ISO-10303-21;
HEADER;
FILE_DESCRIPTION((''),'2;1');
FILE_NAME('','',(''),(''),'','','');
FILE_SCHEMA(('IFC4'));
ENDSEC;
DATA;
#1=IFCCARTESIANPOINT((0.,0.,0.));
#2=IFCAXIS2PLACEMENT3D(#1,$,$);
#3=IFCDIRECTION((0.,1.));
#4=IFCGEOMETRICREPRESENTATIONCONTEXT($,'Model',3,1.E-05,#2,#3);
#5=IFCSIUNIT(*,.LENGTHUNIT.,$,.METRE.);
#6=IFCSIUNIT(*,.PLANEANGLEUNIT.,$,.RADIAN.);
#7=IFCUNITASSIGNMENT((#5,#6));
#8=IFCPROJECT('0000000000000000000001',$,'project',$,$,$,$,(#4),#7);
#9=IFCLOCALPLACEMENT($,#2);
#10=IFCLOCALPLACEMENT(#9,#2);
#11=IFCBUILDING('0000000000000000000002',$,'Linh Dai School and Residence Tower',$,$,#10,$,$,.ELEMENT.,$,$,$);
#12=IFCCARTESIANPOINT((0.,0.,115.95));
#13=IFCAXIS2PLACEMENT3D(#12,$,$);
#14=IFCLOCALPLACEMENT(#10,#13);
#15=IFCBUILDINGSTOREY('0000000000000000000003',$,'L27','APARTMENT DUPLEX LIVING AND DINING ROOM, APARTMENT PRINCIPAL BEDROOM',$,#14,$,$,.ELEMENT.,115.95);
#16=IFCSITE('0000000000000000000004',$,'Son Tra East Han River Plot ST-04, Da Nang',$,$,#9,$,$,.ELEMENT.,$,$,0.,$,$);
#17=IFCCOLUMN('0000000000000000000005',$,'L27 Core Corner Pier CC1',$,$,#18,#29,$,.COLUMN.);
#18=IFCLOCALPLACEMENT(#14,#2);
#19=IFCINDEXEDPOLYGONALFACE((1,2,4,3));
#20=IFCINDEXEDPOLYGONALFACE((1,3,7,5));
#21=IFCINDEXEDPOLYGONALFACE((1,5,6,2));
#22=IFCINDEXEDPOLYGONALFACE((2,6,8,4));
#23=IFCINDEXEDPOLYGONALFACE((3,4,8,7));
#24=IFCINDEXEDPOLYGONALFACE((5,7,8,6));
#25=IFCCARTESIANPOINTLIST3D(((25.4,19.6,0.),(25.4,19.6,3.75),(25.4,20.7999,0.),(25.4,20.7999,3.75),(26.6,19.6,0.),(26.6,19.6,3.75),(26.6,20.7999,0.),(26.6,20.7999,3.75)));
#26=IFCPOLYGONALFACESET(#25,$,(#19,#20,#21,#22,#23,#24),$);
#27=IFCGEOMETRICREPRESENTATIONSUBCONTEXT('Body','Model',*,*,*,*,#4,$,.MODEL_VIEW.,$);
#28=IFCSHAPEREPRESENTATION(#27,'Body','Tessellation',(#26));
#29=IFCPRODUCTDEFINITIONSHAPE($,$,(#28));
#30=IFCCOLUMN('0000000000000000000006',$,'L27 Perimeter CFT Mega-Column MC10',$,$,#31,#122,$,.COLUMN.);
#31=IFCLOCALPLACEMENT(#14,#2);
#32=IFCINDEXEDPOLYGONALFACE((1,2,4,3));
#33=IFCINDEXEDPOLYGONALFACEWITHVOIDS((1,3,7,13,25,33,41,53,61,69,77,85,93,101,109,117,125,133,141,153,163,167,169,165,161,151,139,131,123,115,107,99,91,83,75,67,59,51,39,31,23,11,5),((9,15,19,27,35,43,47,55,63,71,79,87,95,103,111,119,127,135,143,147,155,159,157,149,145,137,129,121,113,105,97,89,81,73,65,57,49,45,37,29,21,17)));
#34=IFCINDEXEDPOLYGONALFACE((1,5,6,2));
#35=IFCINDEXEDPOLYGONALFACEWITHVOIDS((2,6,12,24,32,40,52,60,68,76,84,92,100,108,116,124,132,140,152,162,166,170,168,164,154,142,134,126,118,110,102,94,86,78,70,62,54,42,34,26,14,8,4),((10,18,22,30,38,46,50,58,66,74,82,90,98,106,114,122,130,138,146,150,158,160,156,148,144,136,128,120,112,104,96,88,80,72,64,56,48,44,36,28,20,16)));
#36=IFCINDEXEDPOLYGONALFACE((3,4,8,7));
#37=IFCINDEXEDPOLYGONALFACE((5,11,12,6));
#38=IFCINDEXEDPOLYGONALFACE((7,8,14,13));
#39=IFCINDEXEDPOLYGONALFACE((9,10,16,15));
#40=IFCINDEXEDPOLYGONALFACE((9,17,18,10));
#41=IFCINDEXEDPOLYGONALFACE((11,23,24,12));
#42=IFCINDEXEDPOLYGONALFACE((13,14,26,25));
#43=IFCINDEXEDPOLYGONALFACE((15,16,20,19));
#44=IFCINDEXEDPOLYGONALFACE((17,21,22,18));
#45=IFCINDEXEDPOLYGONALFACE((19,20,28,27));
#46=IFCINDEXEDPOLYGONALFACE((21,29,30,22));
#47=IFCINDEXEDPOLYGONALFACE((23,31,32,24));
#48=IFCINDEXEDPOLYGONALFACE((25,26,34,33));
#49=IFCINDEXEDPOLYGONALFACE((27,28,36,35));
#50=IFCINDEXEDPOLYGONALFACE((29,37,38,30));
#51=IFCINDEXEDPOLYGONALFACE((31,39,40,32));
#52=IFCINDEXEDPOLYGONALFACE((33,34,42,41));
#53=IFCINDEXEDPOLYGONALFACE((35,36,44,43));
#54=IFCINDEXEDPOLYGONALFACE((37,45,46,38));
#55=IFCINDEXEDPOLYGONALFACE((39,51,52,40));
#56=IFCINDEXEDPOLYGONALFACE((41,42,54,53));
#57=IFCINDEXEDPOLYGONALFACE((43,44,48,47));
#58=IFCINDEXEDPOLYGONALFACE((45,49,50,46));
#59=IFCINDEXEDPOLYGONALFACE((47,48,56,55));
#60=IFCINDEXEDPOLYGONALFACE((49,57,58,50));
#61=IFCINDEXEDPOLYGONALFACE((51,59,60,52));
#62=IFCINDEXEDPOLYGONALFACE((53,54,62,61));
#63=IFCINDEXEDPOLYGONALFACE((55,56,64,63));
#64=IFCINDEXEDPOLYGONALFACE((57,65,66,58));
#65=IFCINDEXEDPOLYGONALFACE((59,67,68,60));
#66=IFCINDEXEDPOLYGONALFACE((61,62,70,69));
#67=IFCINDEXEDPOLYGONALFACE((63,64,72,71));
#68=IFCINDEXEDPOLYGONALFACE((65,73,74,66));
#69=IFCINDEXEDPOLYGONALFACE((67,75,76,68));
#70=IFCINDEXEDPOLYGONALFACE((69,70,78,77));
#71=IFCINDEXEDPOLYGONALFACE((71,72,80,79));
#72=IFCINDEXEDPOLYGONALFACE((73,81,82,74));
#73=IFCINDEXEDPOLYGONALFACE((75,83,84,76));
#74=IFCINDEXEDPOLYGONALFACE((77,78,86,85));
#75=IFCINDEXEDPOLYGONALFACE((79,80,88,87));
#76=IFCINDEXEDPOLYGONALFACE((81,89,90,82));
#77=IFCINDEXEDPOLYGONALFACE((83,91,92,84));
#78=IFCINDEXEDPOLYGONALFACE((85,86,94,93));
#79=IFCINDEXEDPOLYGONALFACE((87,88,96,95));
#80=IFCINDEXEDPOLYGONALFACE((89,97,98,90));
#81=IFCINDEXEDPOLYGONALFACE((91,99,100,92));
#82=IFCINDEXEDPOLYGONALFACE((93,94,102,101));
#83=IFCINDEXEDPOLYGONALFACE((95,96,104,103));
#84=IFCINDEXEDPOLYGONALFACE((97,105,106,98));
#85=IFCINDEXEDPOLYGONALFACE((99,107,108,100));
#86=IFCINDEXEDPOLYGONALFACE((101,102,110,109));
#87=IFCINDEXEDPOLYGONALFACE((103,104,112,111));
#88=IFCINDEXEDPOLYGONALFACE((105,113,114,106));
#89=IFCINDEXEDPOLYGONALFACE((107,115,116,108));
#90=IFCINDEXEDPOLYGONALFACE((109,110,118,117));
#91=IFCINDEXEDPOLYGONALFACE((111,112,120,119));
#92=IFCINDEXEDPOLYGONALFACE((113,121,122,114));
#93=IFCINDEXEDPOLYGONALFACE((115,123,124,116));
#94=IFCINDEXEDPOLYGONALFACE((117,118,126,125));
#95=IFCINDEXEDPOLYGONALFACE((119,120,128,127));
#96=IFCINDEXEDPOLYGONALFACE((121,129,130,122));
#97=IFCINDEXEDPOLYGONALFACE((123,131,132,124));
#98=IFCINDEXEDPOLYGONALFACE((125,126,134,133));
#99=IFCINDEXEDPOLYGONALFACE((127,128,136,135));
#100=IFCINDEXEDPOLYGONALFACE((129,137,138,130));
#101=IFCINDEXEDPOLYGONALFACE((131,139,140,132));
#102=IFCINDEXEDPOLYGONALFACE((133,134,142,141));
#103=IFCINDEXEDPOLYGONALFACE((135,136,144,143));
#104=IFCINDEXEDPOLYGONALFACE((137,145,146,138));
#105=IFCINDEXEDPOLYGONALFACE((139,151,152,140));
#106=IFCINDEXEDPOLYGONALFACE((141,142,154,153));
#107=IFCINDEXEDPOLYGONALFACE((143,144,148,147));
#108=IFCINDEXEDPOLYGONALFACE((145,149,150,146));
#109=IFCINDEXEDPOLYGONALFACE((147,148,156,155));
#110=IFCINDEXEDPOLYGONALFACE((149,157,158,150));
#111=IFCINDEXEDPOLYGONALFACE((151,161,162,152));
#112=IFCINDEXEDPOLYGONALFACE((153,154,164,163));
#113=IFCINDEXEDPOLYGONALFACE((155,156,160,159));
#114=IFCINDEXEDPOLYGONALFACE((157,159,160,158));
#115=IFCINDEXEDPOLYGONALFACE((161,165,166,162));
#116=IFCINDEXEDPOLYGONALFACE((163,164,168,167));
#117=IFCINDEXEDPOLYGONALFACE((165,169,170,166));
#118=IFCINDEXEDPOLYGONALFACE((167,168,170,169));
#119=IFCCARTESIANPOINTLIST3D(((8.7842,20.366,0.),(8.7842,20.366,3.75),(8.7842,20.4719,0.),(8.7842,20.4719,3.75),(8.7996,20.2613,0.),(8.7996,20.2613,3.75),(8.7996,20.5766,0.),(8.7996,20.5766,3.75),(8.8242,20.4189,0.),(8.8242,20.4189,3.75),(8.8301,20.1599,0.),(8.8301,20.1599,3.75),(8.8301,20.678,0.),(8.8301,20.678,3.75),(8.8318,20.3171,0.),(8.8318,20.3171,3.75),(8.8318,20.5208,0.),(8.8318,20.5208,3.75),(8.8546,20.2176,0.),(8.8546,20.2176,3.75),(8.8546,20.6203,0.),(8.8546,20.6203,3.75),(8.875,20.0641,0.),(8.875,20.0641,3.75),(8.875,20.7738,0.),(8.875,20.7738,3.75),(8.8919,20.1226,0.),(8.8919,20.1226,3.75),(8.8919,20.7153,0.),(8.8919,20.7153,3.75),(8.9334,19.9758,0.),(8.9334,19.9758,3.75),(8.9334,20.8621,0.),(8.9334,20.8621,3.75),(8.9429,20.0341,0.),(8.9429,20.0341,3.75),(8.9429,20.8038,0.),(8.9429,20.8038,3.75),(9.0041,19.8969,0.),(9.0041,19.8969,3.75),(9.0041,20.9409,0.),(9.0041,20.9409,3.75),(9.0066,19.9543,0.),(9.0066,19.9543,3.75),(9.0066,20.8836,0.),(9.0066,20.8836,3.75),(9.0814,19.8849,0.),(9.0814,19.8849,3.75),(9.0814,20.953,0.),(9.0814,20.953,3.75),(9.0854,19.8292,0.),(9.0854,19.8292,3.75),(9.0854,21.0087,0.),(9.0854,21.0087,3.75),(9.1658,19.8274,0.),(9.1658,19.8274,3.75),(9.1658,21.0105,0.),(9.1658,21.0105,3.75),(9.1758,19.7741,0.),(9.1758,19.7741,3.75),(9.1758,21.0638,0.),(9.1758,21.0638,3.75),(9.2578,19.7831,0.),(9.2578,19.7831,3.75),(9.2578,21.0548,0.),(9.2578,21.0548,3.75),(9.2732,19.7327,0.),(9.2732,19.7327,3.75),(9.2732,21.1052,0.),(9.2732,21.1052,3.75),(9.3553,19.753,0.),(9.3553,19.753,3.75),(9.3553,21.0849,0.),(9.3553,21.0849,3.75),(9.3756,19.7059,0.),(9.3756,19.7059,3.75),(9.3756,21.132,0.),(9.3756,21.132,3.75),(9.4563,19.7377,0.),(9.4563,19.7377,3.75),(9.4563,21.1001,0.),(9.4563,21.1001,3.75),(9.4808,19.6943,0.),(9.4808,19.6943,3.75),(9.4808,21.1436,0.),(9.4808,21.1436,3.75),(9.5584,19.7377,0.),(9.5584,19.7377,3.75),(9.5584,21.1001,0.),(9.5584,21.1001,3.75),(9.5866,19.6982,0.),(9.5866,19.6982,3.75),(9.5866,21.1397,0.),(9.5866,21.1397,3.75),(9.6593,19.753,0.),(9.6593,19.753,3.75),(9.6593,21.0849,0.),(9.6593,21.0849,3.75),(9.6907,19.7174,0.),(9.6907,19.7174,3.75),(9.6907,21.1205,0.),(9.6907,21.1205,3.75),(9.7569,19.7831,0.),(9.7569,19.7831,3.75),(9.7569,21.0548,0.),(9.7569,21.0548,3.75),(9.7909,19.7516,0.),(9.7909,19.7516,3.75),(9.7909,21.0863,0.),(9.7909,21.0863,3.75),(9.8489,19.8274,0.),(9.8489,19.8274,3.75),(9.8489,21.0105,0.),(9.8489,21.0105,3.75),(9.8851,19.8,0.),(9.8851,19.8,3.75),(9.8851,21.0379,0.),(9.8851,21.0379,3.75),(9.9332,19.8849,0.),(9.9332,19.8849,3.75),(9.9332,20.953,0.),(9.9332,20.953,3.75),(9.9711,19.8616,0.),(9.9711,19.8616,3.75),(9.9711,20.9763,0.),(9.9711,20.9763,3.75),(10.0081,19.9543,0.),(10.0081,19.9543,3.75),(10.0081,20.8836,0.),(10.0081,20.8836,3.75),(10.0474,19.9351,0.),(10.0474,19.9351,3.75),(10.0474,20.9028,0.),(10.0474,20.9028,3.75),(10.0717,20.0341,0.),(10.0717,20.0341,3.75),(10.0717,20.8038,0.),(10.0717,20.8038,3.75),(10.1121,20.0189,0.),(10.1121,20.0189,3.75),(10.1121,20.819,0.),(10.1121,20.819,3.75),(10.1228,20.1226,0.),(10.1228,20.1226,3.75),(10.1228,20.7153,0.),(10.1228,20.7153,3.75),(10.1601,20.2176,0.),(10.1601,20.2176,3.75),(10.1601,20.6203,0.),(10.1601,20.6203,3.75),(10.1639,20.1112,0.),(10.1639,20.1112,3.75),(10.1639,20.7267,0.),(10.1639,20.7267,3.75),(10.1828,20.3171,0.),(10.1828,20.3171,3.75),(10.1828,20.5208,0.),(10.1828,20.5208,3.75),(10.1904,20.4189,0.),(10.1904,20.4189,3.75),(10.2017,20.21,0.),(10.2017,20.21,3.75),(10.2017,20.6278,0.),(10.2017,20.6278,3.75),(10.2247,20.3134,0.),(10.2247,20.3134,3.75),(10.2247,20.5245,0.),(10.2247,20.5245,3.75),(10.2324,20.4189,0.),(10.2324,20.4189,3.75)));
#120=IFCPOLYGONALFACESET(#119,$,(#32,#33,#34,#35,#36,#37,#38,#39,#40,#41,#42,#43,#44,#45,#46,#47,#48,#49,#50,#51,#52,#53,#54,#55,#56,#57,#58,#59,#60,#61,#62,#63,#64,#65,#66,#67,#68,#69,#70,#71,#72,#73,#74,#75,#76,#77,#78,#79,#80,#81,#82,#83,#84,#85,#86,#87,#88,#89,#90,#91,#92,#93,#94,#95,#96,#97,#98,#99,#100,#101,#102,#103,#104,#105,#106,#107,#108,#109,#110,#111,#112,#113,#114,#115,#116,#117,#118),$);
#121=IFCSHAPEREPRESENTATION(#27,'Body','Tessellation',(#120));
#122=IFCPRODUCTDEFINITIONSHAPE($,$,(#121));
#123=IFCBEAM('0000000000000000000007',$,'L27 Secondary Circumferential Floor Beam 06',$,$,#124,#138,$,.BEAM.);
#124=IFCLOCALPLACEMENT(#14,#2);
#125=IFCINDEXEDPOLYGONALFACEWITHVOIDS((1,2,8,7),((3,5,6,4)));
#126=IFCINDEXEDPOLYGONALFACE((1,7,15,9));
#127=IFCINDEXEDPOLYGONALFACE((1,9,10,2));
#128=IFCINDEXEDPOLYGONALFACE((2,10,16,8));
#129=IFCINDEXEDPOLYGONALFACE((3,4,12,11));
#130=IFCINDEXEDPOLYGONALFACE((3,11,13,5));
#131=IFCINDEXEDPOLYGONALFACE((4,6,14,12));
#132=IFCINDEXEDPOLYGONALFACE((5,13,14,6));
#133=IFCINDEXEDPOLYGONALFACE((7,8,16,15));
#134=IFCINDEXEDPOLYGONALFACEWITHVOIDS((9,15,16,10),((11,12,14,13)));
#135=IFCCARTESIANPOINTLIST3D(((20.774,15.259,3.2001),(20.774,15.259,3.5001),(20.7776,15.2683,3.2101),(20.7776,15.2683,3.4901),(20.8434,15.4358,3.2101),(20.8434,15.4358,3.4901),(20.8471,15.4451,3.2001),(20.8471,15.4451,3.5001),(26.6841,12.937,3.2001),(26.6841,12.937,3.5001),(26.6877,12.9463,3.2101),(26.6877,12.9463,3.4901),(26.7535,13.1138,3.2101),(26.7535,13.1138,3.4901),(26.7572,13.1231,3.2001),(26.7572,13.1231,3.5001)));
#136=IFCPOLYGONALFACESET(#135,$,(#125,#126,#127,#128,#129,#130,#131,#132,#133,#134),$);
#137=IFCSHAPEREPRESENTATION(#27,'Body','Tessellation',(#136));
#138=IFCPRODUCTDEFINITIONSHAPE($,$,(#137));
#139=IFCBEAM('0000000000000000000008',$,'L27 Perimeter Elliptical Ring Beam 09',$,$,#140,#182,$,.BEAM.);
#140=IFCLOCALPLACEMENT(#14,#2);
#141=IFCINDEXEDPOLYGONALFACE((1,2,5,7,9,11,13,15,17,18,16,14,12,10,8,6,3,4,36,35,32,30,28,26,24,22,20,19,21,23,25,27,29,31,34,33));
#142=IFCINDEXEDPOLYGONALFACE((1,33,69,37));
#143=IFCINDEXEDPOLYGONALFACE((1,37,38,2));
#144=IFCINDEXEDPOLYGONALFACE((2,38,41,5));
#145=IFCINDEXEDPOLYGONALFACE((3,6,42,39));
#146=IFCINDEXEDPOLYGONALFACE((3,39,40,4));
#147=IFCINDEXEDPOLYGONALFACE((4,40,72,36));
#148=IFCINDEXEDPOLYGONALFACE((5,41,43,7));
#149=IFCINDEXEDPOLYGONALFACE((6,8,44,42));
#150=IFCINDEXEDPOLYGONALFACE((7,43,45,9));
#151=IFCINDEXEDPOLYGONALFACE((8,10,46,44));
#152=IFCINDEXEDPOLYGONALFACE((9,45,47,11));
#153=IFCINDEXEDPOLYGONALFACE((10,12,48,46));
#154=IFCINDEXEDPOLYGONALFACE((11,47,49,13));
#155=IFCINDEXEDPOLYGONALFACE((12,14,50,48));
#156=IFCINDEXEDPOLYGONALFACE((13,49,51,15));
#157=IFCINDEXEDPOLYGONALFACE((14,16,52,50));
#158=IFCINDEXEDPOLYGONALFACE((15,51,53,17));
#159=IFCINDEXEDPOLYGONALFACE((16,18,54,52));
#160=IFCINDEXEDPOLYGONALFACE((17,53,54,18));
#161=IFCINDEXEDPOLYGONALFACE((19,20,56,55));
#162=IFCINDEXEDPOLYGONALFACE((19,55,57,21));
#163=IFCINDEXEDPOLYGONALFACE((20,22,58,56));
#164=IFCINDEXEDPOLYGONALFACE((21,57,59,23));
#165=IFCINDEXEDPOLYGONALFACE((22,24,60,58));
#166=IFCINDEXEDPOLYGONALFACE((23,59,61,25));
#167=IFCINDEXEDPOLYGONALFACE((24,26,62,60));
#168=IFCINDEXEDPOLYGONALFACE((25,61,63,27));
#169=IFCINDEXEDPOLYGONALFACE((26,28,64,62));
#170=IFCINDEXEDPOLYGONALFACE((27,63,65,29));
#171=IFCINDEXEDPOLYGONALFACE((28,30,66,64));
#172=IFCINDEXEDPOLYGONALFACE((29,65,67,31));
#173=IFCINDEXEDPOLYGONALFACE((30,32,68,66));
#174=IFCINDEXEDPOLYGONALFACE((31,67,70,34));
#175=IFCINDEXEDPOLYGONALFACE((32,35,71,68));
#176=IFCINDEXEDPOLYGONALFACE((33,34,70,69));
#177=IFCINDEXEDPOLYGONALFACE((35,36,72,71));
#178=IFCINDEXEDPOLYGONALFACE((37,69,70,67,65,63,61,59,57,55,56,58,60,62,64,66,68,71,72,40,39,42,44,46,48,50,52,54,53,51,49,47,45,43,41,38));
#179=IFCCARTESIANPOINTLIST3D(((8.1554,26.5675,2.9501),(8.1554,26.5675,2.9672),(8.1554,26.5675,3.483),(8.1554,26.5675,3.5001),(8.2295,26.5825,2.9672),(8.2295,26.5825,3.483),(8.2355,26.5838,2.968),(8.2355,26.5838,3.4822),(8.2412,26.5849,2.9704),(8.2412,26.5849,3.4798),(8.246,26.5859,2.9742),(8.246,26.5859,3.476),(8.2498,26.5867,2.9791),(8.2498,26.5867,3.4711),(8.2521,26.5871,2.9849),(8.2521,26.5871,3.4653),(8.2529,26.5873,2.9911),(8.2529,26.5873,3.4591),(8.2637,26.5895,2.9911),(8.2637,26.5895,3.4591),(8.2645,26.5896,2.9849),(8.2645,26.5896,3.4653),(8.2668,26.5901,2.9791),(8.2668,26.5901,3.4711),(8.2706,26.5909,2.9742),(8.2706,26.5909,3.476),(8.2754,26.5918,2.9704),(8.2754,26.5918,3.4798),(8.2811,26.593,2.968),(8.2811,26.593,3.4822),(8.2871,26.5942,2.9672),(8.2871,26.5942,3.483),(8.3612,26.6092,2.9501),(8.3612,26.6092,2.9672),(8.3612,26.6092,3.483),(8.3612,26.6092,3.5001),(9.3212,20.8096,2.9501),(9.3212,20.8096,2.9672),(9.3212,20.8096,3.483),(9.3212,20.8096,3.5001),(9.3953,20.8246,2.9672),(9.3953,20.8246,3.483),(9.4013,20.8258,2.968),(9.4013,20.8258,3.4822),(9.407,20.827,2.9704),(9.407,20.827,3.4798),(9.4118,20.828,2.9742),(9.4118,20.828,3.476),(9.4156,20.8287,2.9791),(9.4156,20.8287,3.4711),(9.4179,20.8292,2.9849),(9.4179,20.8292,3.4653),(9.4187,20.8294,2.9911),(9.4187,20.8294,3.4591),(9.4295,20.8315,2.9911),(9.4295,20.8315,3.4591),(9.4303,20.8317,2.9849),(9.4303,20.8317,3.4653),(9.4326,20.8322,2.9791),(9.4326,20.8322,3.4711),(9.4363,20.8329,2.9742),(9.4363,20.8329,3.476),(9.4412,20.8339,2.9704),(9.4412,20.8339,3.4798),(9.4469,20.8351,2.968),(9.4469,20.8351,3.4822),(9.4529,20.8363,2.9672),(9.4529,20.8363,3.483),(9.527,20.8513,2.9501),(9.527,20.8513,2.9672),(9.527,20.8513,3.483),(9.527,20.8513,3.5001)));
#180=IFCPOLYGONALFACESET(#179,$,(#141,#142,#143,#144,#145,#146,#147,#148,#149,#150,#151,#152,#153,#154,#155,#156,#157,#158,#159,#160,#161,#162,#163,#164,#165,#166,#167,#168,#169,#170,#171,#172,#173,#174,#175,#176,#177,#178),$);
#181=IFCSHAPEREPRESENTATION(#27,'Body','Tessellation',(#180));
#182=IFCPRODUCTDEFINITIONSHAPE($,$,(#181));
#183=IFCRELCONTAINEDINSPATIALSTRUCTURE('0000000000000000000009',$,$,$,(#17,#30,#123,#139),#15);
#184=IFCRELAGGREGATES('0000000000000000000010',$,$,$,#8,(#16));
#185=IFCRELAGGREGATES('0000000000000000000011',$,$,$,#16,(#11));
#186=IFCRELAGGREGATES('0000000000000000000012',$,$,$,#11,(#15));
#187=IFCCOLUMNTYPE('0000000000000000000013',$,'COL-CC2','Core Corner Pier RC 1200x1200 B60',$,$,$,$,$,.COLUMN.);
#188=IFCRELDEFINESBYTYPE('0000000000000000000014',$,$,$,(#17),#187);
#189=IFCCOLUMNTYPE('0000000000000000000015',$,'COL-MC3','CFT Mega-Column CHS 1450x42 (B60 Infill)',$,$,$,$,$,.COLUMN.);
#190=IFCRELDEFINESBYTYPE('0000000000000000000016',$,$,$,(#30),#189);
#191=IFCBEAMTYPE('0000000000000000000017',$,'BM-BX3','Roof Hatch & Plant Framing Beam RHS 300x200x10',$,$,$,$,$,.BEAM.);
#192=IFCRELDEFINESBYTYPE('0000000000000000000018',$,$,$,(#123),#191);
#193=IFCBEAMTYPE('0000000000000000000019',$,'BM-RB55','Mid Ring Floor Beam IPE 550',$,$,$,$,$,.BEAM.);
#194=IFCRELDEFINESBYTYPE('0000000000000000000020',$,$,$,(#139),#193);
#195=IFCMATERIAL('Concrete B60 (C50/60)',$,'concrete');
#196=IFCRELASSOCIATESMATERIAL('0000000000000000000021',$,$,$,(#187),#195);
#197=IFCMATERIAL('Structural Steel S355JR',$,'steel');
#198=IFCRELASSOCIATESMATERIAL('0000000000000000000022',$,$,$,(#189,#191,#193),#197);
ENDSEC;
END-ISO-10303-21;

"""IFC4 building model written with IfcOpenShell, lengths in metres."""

from ifc_helpers import new_model, si_unit, direction, frame, origin, origin_2d, place, context, subcontext, project, spatial, rectangle, hollow_rectangle, hollow_circle, i_section, extrude, material, material_profile, profile_set, type_object, element, save


model = new_model("IFC4")

# Units and contexts
model_context = context("Model", 3, precision=1e-05, world=origin(), true_north=direction((0.0, 1.0)))
body_context = subcontext(model_context, "Body", "Model", "MODEL_VIEW")
ifc_project = project(units=[si_unit("LENGTHUNIT", "METRE"), si_unit("PLANEANGLEUNIT", "RADIAN")], contexts=[model_context])

# Site, building, storey
site_placement = place(None, origin())
site = spatial("IfcSite", under=ifc_project, at=site_placement, Name="Son Tra East Han River Plot ST-04, Da Nang", CompositionType="ELEMENT", RefElevation=0.0)
building_placement = place(site_placement, origin())
building = spatial("IfcBuilding", under=site, at=building_placement, Name="Linh Dai School and Residence Tower", CompositionType="ELEMENT")
storey_placement = place(building_placement, frame((0.0, 0.0, 115.95)))
storey = spatial("IfcBuildingStorey", under=building, at=storey_placement, Name="L27", Description="APARTMENT DUPLEX LIVING AND DINING ROOM, APARTMENT PRINCIPAL BEDROOM", CompositionType="ELEMENT", Elevation=115.95)

# Columns
ifc_material_1 = material(Name="Concrete B60 (C50/60)", Category="concrete")
ifc_material_profile_1 = material_profile(ifc_material_1, rectangle(XDim=1.2, YDim=1.2, at=origin_2d()), Name="RC 1200x1200")
ifc_profile_set_1 = profile_set([ifc_material_profile_1], Name="Concrete B60 (C50/60)")
column_type_1 = type_object("IfcColumnType", Name="COL-CC2", Description="Core Corner Pier RC 1200x1200 B60", PredefinedType="COLUMN", material=ifc_profile_set_1)
column_1_placement = place(storey_placement, frame((26.0, 20.2, 0.0), z_axis=(0.0, 0.0, 1.0), x_axis=(1.0, 0.0, 0.0)))
element("IfcColumn", 1, at=column_1_placement, inside=storey, type_object=column_type_1, Name="L27 Core Corner Pier CC1", PredefinedType="COLUMN", context=body_context, shape_type="SweptSolid", body=[
    extrude(rectangle(XDim=1.2, YDim=1.2, at=origin_2d()), origin(), (0.0, 0.0, 1.0), 3.75),
])
ifc_material_2 = material(Name="Structural Steel S355JR", Category="steel")
ifc_material_profile_2 = material_profile(ifc_material_2, hollow_circle(Radius=0.7251, WallThickness=0.042, at=origin_2d()), Name="CHS 1450x42")
ifc_profile_set_2 = profile_set([ifc_material_profile_2], Name="Structural Steel S355JR")
column_type_2 = type_object("IfcColumnType", Name="COL-MC3", Description="CFT Mega-Column CHS 1450x42 (B60 Infill)", PredefinedType="COLUMN", material=ifc_profile_set_2)
column_2_placement = place(storey_placement, frame((9.5073, 20.4189, 0.0), z_axis=(0.0, 0.0, 1.0), x_axis=(1.0, 0.0, 0.0)))
element("IfcColumn", 2, at=column_2_placement, inside=storey, type_object=column_type_2, Name="L27 Perimeter CFT Mega-Column MC10", PredefinedType="COLUMN", context=body_context, shape_type="SweptSolid", body=[
    extrude(hollow_circle(Radius=0.7251, WallThickness=0.042, at=origin_2d()), origin(), (0.0, 0.0, 1.0), 3.75),
])

# Beams
ifc_material_profile_3 = material_profile(ifc_material_2, hollow_rectangle(XDim=0.2, YDim=0.3, WallThickness=0.01, at=origin_2d()), Name="RHS 300x200x10")
ifc_profile_set_3 = profile_set([ifc_material_profile_3], Name="Structural Steel S355JR")
beam_type_1 = type_object("IfcBeamType", Name="BM-BX3", Description="Roof Hatch & Plant Framing Beam RHS 300x200x10", PredefinedType="BEAM", material=ifc_profile_set_3)
beam_1_placement = place(storey_placement, frame((20.8105, 15.3521, 3.3501), z_axis=(0.930742, -0.365676, 0.0), x_axis=(0.365676, 0.930742, 0.0)))
element("IfcBeam", 3, at=beam_1_placement, inside=storey, type_object=beam_type_1, Name="L27 Secondary Circumferential Floor Beam 06", PredefinedType="BEAM", context=body_context, shape_type="SweptSolid", body=[
    extrude(hollow_rectangle(XDim=0.2, YDim=0.3, WallThickness=0.01, at=origin_2d()), origin(), (0.0, 0.0, 1.0), 6.3499),
])
ifc_material_profile_4 = material_profile(ifc_material_2, i_section(OverallWidth=0.21, OverallDepth=0.55, WebThickness=0.011, FlangeThickness=0.0171, FilletRadius=0.0239, at=origin_2d()), Name="IPE 550")
ifc_profile_set_4 = profile_set([ifc_material_profile_4], Name="Structural Steel S355JR")
beam_type_2 = type_object("IfcBeamType", Name="BM-RB55", Description="Mid Ring Floor Beam IPE 550", PredefinedType="BEAM", material=ifc_profile_set_4)
beam_2_placement = place(storey_placement, frame((8.2583, 26.5884, 3.2251), z_axis=(0.198441, -0.980113, 0.0), x_axis=(0.980113, 0.198441, 0.0)))
element("IfcBeam", 4, at=beam_2_placement, inside=storey, type_object=beam_type_2, Name="L27 Perimeter Elliptical Ring Beam 09", PredefinedType="BEAM", context=body_context, shape_type="SweptSolid", body=[
    extrude(i_section(OverallWidth=0.21, OverallDepth=0.55, WebThickness=0.011, FlangeThickness=0.0171, FilletRadius=0.0239, at=origin_2d()), origin(), (0.0, 0.0, 1.0), 5.8748),
])

save(model, "model.ifc")
